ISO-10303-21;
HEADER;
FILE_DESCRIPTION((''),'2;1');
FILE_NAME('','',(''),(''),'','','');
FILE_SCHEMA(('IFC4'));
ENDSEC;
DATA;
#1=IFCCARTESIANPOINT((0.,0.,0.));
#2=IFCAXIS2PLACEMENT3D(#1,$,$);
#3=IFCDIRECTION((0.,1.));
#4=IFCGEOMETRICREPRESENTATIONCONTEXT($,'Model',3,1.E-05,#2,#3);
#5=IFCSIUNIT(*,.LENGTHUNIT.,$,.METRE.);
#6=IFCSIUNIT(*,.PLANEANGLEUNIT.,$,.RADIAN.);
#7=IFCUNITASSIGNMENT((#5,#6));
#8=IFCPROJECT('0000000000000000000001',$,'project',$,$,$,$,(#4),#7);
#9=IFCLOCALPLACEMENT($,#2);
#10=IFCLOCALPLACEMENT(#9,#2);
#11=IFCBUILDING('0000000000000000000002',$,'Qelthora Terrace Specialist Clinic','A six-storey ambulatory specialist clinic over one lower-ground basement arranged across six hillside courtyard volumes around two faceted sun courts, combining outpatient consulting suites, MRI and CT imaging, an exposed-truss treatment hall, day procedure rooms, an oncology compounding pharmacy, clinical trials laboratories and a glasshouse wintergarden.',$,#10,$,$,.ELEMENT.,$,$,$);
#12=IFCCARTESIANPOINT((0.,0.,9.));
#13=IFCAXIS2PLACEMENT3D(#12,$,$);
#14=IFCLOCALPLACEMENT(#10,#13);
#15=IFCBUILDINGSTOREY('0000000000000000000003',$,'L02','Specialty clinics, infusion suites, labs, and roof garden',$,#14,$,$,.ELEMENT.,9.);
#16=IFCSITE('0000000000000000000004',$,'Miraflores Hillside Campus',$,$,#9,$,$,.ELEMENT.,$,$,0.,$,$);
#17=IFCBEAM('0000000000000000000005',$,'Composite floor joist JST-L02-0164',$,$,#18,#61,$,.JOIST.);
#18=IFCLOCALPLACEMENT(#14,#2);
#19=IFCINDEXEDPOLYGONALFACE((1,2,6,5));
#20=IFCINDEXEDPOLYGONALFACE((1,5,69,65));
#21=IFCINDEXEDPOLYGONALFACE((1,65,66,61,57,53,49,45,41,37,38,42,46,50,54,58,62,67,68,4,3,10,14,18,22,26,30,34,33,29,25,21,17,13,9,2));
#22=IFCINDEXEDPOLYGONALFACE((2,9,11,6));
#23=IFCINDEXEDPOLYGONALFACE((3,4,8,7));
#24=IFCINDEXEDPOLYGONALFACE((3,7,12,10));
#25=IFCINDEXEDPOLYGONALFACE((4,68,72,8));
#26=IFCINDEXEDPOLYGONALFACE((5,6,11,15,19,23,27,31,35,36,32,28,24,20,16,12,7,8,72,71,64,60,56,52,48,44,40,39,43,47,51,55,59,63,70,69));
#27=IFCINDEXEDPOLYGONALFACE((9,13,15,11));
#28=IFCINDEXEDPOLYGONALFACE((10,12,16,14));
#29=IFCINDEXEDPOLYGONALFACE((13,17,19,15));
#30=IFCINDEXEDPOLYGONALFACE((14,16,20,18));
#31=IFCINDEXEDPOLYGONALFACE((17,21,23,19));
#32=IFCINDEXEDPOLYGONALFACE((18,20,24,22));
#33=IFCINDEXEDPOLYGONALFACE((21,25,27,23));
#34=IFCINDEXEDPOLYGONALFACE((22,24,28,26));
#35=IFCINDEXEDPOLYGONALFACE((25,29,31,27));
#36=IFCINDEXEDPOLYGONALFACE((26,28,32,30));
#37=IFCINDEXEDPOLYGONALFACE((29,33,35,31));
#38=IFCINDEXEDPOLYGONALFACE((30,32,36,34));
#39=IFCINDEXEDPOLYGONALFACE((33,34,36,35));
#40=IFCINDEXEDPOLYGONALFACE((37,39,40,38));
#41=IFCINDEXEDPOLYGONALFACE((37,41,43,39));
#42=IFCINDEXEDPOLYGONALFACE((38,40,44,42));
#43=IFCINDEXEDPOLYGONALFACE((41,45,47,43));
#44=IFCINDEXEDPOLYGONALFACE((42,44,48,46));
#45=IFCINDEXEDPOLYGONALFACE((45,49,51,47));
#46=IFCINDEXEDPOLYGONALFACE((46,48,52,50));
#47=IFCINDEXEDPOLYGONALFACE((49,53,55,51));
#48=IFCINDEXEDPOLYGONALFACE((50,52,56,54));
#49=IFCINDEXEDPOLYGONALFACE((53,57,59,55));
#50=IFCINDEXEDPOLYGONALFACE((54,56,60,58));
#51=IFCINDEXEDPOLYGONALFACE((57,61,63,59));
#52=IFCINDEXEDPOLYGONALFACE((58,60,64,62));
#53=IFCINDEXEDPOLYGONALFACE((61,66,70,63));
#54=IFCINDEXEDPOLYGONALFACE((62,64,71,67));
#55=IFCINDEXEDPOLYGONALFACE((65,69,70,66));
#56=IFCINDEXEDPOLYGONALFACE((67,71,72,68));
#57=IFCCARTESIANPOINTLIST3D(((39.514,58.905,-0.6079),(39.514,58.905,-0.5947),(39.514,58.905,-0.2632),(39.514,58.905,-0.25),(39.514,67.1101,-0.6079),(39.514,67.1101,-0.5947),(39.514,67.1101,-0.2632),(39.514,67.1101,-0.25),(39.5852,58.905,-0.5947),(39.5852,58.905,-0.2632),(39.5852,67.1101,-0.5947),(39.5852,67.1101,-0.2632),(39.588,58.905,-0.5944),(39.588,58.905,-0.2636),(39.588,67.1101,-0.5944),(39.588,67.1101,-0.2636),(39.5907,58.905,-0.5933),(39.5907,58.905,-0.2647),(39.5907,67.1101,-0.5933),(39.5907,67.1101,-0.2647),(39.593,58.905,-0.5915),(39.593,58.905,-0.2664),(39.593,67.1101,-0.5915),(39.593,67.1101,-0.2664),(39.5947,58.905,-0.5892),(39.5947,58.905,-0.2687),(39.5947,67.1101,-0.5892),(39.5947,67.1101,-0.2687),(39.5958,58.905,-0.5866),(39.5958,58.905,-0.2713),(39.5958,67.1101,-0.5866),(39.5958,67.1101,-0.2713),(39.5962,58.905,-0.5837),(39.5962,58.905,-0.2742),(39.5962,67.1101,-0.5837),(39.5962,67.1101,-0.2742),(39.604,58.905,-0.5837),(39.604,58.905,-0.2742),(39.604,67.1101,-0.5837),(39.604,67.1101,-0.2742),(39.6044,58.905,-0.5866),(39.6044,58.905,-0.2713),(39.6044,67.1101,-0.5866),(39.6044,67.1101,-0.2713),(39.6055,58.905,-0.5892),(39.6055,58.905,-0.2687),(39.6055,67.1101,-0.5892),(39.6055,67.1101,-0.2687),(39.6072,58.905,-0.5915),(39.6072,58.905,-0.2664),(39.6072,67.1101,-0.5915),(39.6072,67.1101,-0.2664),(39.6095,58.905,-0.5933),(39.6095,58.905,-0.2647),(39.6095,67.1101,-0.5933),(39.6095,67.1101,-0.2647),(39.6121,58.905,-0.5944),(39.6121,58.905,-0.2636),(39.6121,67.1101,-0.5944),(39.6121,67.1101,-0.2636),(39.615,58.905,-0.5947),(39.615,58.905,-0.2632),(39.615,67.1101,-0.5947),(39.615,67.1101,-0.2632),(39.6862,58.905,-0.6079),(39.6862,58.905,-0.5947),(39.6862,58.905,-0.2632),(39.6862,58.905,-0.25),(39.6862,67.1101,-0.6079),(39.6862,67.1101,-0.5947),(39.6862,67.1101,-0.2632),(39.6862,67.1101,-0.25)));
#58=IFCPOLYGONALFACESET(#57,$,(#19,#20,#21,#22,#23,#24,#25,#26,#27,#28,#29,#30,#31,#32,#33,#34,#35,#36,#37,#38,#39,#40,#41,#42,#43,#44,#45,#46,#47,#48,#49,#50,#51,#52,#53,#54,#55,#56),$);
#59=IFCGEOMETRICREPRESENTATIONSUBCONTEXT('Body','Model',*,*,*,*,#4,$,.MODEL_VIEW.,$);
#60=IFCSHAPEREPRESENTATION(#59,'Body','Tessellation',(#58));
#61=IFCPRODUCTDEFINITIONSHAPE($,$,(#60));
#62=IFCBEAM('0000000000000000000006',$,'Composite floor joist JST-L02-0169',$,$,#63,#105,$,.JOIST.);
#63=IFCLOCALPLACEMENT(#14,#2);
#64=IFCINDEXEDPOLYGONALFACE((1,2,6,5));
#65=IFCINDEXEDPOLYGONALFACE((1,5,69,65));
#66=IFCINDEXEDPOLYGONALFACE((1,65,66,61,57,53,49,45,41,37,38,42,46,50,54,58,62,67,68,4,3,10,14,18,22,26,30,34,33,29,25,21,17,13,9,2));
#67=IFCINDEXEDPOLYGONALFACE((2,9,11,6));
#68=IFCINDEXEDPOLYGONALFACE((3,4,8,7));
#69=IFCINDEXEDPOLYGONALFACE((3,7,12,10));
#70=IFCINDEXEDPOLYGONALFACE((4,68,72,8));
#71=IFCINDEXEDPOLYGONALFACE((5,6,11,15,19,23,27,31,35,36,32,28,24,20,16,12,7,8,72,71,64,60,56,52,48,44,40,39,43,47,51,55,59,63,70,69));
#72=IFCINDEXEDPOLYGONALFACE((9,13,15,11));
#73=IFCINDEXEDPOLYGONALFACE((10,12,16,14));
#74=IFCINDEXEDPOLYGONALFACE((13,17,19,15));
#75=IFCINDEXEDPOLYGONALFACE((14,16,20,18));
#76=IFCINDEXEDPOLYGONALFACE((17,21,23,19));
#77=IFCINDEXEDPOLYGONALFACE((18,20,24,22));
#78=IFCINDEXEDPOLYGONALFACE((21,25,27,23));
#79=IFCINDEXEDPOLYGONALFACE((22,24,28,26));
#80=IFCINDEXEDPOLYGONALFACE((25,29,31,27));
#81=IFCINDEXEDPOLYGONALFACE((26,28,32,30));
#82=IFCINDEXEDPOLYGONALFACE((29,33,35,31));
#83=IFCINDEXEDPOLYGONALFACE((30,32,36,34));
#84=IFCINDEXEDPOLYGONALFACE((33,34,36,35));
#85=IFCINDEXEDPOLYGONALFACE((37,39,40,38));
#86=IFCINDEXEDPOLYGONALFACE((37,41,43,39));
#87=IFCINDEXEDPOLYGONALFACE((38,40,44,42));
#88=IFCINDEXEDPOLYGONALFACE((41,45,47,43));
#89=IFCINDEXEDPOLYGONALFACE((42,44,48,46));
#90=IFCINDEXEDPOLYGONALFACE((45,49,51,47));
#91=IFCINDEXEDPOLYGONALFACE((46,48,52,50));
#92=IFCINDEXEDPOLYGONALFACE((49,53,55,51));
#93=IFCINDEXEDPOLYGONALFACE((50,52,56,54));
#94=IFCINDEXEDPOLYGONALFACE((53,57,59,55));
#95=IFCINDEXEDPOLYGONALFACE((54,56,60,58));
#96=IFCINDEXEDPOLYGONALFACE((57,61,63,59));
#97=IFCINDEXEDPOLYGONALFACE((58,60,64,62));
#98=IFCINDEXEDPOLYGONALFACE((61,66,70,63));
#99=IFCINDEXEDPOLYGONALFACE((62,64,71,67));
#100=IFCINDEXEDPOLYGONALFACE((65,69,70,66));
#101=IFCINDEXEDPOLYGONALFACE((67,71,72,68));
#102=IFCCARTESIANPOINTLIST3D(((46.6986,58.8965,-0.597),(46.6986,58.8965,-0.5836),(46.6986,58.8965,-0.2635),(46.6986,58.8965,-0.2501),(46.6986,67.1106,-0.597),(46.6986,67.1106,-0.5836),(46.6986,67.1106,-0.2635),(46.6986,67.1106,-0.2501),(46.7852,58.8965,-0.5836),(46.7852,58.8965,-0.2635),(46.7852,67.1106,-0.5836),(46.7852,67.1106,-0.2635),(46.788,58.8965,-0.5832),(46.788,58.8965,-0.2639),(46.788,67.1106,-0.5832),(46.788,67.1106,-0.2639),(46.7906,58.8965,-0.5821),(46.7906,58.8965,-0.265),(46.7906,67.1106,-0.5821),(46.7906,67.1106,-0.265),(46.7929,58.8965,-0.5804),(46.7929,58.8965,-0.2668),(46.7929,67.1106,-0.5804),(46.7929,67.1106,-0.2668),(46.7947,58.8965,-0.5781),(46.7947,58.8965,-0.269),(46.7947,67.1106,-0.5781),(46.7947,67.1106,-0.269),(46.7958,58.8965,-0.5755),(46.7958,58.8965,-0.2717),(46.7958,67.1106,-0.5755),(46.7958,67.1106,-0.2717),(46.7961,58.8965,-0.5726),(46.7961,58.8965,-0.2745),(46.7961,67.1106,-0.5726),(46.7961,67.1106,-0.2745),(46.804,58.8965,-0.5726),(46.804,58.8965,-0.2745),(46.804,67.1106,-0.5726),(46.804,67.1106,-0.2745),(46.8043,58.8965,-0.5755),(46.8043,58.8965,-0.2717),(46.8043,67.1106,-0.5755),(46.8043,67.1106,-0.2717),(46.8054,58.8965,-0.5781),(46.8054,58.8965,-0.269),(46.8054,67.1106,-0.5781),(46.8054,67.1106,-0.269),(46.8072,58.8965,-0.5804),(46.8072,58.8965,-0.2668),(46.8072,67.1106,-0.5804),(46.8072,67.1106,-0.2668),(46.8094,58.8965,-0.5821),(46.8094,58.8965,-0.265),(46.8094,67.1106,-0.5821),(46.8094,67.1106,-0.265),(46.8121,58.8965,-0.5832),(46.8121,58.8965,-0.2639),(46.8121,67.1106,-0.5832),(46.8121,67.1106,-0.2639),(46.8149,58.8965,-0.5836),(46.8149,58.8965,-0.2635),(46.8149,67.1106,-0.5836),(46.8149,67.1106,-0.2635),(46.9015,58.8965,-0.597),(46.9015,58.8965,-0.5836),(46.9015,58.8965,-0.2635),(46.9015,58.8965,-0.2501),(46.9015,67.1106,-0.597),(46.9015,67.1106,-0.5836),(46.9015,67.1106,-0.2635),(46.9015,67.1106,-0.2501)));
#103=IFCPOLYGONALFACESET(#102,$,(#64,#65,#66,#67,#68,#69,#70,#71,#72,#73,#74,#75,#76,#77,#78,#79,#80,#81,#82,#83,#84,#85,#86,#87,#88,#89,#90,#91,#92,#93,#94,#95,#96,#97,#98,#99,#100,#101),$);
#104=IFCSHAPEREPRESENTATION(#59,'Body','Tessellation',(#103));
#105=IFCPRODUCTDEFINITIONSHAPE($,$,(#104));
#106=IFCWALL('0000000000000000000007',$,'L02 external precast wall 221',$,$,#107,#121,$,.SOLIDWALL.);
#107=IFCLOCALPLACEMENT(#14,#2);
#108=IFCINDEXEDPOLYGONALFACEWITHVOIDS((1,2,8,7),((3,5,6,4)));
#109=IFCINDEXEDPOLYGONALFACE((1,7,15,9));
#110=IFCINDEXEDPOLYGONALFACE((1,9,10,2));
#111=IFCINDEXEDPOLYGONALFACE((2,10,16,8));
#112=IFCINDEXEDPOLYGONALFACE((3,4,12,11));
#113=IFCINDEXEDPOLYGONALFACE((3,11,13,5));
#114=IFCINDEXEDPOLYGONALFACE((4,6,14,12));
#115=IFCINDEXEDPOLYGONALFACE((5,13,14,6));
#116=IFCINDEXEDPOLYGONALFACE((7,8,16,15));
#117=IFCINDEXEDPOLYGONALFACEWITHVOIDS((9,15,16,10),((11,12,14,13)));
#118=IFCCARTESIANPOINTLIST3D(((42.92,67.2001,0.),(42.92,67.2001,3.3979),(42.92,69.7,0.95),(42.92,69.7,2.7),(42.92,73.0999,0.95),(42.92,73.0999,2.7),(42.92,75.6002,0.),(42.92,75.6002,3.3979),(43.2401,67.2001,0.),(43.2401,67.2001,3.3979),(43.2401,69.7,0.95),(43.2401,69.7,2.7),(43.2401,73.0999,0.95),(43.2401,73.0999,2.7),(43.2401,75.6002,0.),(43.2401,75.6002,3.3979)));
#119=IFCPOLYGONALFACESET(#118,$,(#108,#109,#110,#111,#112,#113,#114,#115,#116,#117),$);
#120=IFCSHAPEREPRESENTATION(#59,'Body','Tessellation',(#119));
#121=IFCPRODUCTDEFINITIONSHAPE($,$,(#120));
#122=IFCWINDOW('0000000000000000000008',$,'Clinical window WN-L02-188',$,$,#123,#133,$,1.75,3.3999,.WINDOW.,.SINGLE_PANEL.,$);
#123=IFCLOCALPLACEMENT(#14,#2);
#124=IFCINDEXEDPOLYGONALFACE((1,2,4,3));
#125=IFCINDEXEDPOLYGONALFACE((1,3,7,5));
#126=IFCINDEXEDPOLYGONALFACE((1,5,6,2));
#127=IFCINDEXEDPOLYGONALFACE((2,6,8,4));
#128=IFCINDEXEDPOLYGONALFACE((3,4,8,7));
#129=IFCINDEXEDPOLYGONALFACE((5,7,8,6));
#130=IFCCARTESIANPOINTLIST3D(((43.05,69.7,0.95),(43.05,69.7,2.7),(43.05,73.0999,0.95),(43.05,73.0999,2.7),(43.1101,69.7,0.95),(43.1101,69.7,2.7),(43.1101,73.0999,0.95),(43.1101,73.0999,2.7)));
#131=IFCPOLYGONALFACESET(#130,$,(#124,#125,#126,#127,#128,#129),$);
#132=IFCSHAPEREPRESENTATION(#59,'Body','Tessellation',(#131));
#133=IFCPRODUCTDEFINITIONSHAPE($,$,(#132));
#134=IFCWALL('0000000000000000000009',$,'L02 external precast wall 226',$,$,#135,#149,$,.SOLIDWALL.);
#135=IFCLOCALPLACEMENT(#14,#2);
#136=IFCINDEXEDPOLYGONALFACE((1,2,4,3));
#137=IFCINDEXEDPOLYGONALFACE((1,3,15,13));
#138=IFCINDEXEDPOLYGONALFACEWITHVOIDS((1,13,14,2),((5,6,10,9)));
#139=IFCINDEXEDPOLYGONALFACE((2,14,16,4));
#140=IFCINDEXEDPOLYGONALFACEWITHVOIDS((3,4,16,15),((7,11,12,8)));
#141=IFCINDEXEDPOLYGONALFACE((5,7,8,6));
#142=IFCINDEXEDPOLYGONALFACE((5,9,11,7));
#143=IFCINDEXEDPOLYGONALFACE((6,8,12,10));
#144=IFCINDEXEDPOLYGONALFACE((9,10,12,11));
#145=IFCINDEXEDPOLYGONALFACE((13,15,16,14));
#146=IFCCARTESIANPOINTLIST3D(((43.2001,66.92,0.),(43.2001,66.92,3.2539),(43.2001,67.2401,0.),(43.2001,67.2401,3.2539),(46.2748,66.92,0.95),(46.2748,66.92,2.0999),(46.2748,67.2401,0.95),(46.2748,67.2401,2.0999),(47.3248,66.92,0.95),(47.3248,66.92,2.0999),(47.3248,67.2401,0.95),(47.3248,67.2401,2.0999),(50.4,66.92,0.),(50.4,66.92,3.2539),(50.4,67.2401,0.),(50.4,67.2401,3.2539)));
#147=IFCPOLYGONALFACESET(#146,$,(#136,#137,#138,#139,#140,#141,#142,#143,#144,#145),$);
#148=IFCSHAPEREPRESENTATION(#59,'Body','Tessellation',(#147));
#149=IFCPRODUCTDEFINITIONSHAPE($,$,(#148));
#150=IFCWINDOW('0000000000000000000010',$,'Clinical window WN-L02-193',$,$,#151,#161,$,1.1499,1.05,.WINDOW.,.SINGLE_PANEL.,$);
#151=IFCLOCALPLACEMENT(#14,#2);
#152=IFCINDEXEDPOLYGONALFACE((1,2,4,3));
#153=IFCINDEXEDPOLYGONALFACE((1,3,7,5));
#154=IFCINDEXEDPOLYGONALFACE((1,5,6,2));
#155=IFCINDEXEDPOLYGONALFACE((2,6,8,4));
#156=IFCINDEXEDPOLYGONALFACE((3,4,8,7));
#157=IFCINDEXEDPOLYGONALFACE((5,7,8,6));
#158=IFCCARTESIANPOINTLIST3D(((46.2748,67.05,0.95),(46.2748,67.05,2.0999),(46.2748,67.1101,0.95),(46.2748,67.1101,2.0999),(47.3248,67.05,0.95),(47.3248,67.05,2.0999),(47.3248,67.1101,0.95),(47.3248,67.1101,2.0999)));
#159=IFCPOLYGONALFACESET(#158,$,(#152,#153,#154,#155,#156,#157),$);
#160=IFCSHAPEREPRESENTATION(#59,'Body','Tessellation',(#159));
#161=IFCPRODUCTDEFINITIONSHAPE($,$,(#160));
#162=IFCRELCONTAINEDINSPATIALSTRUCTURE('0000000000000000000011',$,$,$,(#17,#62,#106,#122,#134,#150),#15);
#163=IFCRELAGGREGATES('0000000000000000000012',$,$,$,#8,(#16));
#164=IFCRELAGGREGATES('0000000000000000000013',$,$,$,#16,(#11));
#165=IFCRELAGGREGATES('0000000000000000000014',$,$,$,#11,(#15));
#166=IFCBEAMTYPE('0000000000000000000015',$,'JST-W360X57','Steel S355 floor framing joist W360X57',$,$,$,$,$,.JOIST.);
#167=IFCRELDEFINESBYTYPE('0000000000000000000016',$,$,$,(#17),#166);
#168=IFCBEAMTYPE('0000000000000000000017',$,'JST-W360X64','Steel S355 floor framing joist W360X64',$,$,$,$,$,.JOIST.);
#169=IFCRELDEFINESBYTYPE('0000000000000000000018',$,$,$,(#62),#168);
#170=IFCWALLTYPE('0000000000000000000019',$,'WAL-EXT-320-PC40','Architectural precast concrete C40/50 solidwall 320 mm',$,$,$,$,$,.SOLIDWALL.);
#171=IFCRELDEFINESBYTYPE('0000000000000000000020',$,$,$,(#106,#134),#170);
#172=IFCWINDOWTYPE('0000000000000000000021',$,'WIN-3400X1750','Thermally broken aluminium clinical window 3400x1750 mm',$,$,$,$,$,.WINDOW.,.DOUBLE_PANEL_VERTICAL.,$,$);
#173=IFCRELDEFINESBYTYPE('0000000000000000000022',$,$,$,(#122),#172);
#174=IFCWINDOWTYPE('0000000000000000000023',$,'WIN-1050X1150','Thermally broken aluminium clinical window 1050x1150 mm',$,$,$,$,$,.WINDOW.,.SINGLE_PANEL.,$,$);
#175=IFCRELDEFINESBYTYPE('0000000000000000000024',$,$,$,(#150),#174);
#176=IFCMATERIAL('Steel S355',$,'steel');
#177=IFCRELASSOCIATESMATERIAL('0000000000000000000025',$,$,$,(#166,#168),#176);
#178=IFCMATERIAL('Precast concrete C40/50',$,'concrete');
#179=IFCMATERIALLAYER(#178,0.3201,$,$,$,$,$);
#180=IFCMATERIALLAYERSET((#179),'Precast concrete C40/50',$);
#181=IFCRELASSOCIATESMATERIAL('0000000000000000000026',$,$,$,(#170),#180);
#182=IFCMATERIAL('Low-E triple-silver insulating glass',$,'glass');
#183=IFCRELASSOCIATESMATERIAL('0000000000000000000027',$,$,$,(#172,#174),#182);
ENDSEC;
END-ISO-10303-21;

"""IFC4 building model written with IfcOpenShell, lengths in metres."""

from ifc_helpers import new_model, si_unit, direction, frame, frame_2d, origin, origin_2d, place, context, subcontext, project, spatial, rectangle, i_section, extrude, material, layer, layer_set, material_profile, profile_set, type_object, element, fill, save


model = new_model("IFC4")

# Units and contexts
model_context = context("Model", 3, precision=1e-05, world=origin(), true_north=direction((0.0, 1.0)))
body_context = subcontext(model_context, "Body", "Model", "MODEL_VIEW")
ifc_project = project(units=[si_unit("LENGTHUNIT", "METRE"), si_unit("PLANEANGLEUNIT", "RADIAN")], contexts=[model_context])

# Site, building, storey
site_placement = place(None, origin())
site = spatial("IfcSite", under=ifc_project, at=site_placement, Name="Miraflores Hillside Campus", CompositionType="ELEMENT", RefElevation=0.0)
building_placement = place(site_placement, origin())
building = spatial("IfcBuilding", under=site, at=building_placement, Name="Qelthora Terrace Specialist Clinic", Description="A six-storey ambulatory specialist clinic over one lower-ground basement arranged across six hillside courtyard volumes around two faceted sun courts, combining outpatient consulting suites, MRI and CT imaging, an exposed-truss treatment hall, day procedure rooms, an oncology compounding pharmacy, clinical trials laboratories and a glasshouse wintergarden.", CompositionType="ELEMENT")
storey_placement = place(building_placement, frame((0.0, 0.0, 9.0)))
storey = spatial("IfcBuildingStorey", under=building, at=storey_placement, Name="L02", Description="Specialty clinics, infusion suites, labs, and roof garden", CompositionType="ELEMENT", Elevation=9.0)

# Shared definitions
ifc_material_1 = material(Name="Steel S355", Category="steel")

# Beams
ifc_material_profile_1 = material_profile(ifc_material_1, i_section(OverallWidth=0.1721, OverallDepth=0.3579, WebThickness=0.0078, FlangeThickness=0.0132, FilletRadius=0.011, at=origin_2d()), Name="W360X57")
ifc_profile_set_1 = profile_set([ifc_material_profile_1], Name="Steel S355")
beam_type_1 = type_object("IfcBeamType", Name="JST-W360X57", Description="Steel S355 floor framing joist W360X57", PredefinedType="JOIST", material=ifc_profile_set_1)
beam_1_placement = place(storey_placement, frame((39.6001, 58.905, -0.429), z_axis=(0.0, 1.0, 0.0), x_axis=(-1.0, 0.0, 0.0)))
element("IfcBeam", 1, at=beam_1_placement, inside=storey, type_object=beam_type_1, Name="Composite floor joist JST-L02-0164", PredefinedType="JOIST", context=body_context, shape_type="SweptSolid", body=[
    extrude(i_section(OverallWidth=0.1721, OverallDepth=0.3579, WebThickness=0.0078, FlangeThickness=0.0132, FilletRadius=0.011, at=origin_2d()), origin(), (0.0, 0.0, 1.0), 8.2051),
])
ifc_material_profile_2 = material_profile(ifc_material_1, i_section(OverallWidth=0.2029, OverallDepth=0.3469, WebThickness=0.0078, FlangeThickness=0.0134, FilletRadius=0.011, at=origin_2d()), Name="W360X64")
ifc_profile_set_2 = profile_set([ifc_material_profile_2], Name="Steel S355")
beam_type_2 = type_object("IfcBeamType", Name="JST-W360X64", Description="Steel S355 floor framing joist W360X64", PredefinedType="JOIST", material=ifc_profile_set_2)
beam_2_placement = place(storey_placement, frame((46.8, 58.8965, -0.4236), z_axis=(0.0, 1.0, 0.0), x_axis=(-1.0, 0.0, 0.0)))
element("IfcBeam", 2, at=beam_2_placement, inside=storey, type_object=beam_type_2, Name="Composite floor joist JST-L02-0169", PredefinedType="JOIST", context=body_context, shape_type="SweptSolid", body=[
    extrude(i_section(OverallWidth=0.2029, OverallDepth=0.3469, WebThickness=0.0078, FlangeThickness=0.0134, FilletRadius=0.011, at=origin_2d()), origin(), (0.0, 0.0, 1.0), 8.2141),
])

# Walls, openings, windows
ifc_material_2 = material(Name="Precast concrete C40/50", Category="concrete")
ifc_layer_1 = layer(ifc_material_2, 0.3201)
ifc_layer_set_1 = layer_set([ifc_layer_1], Name="Precast concrete C40/50")
wall_type_1 = type_object("IfcWallType", Name="WAL-EXT-320-PC40", Description="Architectural precast concrete C40/50 solidwall 320 mm", PredefinedType="SOLIDWALL", material=ifc_layer_set_1)
wall_1_placement = place(storey_placement, frame((43.0801, 67.2, 0.0), z_axis=(0.0, 0.0, 1.0), x_axis=(0.0, 1.0, 0.0)))
wall_1 = element("IfcWall", 3, at=wall_1_placement, inside=storey, type_object=wall_type_1, Name="L02 external precast wall 221", PredefinedType="SOLIDWALL", context=body_context, shape_type="SweptSolid", body=[
    extrude(rectangle(XDim=8.4001, YDim=0.3201, at=frame_2d((4.2002, 0.0))), origin(), (0.0, 0.0, 1.0), 3.3979),
])
opening_1_placement = place(wall_1_placement, frame((2.5, 0.0, 0.95)))
opening_1 = element("IfcOpeningElement", 4, at=opening_1_placement, cuts=wall_1, PredefinedType="OPENING", context=body_context, shape_type="SweptSolid", body=[
    extrude(rectangle(XDim=3.3999, YDim=1.75, at=frame_2d((1.7, 0.875))), frame((0.0, 0.1699, 0.0), z_axis=(0.0, -1.0, 0.0), x_axis=(1.0, 0.0, 0.0)), (0.0, 0.0, 1.0), 0.3401),
])
ifc_material_3 = material(Name="Low-E triple-silver insulating glass", Category="glass")
window_type_1 = type_object("IfcWindowType", Name="WIN-3400X1750", Description="Thermally broken aluminium clinical window 3400x1750 mm", PartitioningType="DOUBLE_PANEL_VERTICAL", PredefinedType="WINDOW", material=ifc_material_3)
window_1_placement = place(opening_1_placement, origin())
window_1 = element("IfcWindow", 5, at=window_1_placement, inside=storey, type_object=window_type_1, Name="Clinical window WN-L02-188", OverallHeight=1.75, OverallWidth=3.3999, PartitioningType="SINGLE_PANEL", PredefinedType="WINDOW", context=body_context, shape_type="SweptSolid", body=[
    extrude(rectangle(XDim=3.3999, YDim=1.75, at=frame_2d((1.7, 0.875))), frame((0.0, 0.03, 0.0), z_axis=(0.0, -1.0, 0.0), x_axis=(1.0, 0.0, 0.0)), (0.0, 0.0, 1.0), 0.0601),
])
fill(opening_1, window_1)
wall_2_placement = place(storey_placement, frame((43.2, 67.0801, 0.0), z_axis=(0.0, 0.0, 1.0), x_axis=(1.0, 0.0, 0.0)))
wall_2 = element("IfcWall", 6, at=wall_2_placement, inside=storey, type_object=wall_type_1, Name="L02 external precast wall 226", PredefinedType="SOLIDWALL", context=body_context, shape_type="SweptSolid", body=[
    extrude(rectangle(XDim=7.2, YDim=0.3201, at=frame_2d((3.6001, 0.0))), origin(), (0.0, 0.0, 1.0), 3.2539),
])
opening_2_placement = place(wall_2_placement, frame((3.075, 0.0, 0.95)))
opening_2 = element("IfcOpeningElement", 7, at=opening_2_placement, cuts=wall_2, PredefinedType="OPENING", context=body_context, shape_type="SweptSolid", body=[
    extrude(rectangle(XDim=1.05, YDim=1.1499, at=frame_2d((0.5249, 0.575))), frame((0.0, 0.1699, 0.0), z_axis=(0.0, -1.0, 0.0), x_axis=(1.0, 0.0, 0.0)), (0.0, 0.0, 1.0), 0.3401),
])
window_type_2 = type_object("IfcWindowType", Name="WIN-1050X1150", Description="Thermally broken aluminium clinical window 1050x1150 mm", PartitioningType="SINGLE_PANEL", PredefinedType="WINDOW", material=ifc_material_3)
window_2_placement = place(opening_2_placement, origin())
window_2 = element("IfcWindow", 8, at=window_2_placement, inside=storey, type_object=window_type_2, Name="Clinical window WN-L02-193", OverallHeight=1.1499, OverallWidth=1.05, PartitioningType="SINGLE_PANEL", PredefinedType="WINDOW", context=body_context, shape_type="SweptSolid", body=[
    extrude(rectangle(XDim=1.05, YDim=1.1499, at=frame_2d((0.5249, 0.575))), frame((0.0, 0.03, 0.0), z_axis=(0.0, -1.0, 0.0), x_axis=(1.0, 0.0, 0.0)), (0.0, 0.0, 1.0), 0.0601),
])
fill(opening_2, window_2)

save(model, "model.ifc")
